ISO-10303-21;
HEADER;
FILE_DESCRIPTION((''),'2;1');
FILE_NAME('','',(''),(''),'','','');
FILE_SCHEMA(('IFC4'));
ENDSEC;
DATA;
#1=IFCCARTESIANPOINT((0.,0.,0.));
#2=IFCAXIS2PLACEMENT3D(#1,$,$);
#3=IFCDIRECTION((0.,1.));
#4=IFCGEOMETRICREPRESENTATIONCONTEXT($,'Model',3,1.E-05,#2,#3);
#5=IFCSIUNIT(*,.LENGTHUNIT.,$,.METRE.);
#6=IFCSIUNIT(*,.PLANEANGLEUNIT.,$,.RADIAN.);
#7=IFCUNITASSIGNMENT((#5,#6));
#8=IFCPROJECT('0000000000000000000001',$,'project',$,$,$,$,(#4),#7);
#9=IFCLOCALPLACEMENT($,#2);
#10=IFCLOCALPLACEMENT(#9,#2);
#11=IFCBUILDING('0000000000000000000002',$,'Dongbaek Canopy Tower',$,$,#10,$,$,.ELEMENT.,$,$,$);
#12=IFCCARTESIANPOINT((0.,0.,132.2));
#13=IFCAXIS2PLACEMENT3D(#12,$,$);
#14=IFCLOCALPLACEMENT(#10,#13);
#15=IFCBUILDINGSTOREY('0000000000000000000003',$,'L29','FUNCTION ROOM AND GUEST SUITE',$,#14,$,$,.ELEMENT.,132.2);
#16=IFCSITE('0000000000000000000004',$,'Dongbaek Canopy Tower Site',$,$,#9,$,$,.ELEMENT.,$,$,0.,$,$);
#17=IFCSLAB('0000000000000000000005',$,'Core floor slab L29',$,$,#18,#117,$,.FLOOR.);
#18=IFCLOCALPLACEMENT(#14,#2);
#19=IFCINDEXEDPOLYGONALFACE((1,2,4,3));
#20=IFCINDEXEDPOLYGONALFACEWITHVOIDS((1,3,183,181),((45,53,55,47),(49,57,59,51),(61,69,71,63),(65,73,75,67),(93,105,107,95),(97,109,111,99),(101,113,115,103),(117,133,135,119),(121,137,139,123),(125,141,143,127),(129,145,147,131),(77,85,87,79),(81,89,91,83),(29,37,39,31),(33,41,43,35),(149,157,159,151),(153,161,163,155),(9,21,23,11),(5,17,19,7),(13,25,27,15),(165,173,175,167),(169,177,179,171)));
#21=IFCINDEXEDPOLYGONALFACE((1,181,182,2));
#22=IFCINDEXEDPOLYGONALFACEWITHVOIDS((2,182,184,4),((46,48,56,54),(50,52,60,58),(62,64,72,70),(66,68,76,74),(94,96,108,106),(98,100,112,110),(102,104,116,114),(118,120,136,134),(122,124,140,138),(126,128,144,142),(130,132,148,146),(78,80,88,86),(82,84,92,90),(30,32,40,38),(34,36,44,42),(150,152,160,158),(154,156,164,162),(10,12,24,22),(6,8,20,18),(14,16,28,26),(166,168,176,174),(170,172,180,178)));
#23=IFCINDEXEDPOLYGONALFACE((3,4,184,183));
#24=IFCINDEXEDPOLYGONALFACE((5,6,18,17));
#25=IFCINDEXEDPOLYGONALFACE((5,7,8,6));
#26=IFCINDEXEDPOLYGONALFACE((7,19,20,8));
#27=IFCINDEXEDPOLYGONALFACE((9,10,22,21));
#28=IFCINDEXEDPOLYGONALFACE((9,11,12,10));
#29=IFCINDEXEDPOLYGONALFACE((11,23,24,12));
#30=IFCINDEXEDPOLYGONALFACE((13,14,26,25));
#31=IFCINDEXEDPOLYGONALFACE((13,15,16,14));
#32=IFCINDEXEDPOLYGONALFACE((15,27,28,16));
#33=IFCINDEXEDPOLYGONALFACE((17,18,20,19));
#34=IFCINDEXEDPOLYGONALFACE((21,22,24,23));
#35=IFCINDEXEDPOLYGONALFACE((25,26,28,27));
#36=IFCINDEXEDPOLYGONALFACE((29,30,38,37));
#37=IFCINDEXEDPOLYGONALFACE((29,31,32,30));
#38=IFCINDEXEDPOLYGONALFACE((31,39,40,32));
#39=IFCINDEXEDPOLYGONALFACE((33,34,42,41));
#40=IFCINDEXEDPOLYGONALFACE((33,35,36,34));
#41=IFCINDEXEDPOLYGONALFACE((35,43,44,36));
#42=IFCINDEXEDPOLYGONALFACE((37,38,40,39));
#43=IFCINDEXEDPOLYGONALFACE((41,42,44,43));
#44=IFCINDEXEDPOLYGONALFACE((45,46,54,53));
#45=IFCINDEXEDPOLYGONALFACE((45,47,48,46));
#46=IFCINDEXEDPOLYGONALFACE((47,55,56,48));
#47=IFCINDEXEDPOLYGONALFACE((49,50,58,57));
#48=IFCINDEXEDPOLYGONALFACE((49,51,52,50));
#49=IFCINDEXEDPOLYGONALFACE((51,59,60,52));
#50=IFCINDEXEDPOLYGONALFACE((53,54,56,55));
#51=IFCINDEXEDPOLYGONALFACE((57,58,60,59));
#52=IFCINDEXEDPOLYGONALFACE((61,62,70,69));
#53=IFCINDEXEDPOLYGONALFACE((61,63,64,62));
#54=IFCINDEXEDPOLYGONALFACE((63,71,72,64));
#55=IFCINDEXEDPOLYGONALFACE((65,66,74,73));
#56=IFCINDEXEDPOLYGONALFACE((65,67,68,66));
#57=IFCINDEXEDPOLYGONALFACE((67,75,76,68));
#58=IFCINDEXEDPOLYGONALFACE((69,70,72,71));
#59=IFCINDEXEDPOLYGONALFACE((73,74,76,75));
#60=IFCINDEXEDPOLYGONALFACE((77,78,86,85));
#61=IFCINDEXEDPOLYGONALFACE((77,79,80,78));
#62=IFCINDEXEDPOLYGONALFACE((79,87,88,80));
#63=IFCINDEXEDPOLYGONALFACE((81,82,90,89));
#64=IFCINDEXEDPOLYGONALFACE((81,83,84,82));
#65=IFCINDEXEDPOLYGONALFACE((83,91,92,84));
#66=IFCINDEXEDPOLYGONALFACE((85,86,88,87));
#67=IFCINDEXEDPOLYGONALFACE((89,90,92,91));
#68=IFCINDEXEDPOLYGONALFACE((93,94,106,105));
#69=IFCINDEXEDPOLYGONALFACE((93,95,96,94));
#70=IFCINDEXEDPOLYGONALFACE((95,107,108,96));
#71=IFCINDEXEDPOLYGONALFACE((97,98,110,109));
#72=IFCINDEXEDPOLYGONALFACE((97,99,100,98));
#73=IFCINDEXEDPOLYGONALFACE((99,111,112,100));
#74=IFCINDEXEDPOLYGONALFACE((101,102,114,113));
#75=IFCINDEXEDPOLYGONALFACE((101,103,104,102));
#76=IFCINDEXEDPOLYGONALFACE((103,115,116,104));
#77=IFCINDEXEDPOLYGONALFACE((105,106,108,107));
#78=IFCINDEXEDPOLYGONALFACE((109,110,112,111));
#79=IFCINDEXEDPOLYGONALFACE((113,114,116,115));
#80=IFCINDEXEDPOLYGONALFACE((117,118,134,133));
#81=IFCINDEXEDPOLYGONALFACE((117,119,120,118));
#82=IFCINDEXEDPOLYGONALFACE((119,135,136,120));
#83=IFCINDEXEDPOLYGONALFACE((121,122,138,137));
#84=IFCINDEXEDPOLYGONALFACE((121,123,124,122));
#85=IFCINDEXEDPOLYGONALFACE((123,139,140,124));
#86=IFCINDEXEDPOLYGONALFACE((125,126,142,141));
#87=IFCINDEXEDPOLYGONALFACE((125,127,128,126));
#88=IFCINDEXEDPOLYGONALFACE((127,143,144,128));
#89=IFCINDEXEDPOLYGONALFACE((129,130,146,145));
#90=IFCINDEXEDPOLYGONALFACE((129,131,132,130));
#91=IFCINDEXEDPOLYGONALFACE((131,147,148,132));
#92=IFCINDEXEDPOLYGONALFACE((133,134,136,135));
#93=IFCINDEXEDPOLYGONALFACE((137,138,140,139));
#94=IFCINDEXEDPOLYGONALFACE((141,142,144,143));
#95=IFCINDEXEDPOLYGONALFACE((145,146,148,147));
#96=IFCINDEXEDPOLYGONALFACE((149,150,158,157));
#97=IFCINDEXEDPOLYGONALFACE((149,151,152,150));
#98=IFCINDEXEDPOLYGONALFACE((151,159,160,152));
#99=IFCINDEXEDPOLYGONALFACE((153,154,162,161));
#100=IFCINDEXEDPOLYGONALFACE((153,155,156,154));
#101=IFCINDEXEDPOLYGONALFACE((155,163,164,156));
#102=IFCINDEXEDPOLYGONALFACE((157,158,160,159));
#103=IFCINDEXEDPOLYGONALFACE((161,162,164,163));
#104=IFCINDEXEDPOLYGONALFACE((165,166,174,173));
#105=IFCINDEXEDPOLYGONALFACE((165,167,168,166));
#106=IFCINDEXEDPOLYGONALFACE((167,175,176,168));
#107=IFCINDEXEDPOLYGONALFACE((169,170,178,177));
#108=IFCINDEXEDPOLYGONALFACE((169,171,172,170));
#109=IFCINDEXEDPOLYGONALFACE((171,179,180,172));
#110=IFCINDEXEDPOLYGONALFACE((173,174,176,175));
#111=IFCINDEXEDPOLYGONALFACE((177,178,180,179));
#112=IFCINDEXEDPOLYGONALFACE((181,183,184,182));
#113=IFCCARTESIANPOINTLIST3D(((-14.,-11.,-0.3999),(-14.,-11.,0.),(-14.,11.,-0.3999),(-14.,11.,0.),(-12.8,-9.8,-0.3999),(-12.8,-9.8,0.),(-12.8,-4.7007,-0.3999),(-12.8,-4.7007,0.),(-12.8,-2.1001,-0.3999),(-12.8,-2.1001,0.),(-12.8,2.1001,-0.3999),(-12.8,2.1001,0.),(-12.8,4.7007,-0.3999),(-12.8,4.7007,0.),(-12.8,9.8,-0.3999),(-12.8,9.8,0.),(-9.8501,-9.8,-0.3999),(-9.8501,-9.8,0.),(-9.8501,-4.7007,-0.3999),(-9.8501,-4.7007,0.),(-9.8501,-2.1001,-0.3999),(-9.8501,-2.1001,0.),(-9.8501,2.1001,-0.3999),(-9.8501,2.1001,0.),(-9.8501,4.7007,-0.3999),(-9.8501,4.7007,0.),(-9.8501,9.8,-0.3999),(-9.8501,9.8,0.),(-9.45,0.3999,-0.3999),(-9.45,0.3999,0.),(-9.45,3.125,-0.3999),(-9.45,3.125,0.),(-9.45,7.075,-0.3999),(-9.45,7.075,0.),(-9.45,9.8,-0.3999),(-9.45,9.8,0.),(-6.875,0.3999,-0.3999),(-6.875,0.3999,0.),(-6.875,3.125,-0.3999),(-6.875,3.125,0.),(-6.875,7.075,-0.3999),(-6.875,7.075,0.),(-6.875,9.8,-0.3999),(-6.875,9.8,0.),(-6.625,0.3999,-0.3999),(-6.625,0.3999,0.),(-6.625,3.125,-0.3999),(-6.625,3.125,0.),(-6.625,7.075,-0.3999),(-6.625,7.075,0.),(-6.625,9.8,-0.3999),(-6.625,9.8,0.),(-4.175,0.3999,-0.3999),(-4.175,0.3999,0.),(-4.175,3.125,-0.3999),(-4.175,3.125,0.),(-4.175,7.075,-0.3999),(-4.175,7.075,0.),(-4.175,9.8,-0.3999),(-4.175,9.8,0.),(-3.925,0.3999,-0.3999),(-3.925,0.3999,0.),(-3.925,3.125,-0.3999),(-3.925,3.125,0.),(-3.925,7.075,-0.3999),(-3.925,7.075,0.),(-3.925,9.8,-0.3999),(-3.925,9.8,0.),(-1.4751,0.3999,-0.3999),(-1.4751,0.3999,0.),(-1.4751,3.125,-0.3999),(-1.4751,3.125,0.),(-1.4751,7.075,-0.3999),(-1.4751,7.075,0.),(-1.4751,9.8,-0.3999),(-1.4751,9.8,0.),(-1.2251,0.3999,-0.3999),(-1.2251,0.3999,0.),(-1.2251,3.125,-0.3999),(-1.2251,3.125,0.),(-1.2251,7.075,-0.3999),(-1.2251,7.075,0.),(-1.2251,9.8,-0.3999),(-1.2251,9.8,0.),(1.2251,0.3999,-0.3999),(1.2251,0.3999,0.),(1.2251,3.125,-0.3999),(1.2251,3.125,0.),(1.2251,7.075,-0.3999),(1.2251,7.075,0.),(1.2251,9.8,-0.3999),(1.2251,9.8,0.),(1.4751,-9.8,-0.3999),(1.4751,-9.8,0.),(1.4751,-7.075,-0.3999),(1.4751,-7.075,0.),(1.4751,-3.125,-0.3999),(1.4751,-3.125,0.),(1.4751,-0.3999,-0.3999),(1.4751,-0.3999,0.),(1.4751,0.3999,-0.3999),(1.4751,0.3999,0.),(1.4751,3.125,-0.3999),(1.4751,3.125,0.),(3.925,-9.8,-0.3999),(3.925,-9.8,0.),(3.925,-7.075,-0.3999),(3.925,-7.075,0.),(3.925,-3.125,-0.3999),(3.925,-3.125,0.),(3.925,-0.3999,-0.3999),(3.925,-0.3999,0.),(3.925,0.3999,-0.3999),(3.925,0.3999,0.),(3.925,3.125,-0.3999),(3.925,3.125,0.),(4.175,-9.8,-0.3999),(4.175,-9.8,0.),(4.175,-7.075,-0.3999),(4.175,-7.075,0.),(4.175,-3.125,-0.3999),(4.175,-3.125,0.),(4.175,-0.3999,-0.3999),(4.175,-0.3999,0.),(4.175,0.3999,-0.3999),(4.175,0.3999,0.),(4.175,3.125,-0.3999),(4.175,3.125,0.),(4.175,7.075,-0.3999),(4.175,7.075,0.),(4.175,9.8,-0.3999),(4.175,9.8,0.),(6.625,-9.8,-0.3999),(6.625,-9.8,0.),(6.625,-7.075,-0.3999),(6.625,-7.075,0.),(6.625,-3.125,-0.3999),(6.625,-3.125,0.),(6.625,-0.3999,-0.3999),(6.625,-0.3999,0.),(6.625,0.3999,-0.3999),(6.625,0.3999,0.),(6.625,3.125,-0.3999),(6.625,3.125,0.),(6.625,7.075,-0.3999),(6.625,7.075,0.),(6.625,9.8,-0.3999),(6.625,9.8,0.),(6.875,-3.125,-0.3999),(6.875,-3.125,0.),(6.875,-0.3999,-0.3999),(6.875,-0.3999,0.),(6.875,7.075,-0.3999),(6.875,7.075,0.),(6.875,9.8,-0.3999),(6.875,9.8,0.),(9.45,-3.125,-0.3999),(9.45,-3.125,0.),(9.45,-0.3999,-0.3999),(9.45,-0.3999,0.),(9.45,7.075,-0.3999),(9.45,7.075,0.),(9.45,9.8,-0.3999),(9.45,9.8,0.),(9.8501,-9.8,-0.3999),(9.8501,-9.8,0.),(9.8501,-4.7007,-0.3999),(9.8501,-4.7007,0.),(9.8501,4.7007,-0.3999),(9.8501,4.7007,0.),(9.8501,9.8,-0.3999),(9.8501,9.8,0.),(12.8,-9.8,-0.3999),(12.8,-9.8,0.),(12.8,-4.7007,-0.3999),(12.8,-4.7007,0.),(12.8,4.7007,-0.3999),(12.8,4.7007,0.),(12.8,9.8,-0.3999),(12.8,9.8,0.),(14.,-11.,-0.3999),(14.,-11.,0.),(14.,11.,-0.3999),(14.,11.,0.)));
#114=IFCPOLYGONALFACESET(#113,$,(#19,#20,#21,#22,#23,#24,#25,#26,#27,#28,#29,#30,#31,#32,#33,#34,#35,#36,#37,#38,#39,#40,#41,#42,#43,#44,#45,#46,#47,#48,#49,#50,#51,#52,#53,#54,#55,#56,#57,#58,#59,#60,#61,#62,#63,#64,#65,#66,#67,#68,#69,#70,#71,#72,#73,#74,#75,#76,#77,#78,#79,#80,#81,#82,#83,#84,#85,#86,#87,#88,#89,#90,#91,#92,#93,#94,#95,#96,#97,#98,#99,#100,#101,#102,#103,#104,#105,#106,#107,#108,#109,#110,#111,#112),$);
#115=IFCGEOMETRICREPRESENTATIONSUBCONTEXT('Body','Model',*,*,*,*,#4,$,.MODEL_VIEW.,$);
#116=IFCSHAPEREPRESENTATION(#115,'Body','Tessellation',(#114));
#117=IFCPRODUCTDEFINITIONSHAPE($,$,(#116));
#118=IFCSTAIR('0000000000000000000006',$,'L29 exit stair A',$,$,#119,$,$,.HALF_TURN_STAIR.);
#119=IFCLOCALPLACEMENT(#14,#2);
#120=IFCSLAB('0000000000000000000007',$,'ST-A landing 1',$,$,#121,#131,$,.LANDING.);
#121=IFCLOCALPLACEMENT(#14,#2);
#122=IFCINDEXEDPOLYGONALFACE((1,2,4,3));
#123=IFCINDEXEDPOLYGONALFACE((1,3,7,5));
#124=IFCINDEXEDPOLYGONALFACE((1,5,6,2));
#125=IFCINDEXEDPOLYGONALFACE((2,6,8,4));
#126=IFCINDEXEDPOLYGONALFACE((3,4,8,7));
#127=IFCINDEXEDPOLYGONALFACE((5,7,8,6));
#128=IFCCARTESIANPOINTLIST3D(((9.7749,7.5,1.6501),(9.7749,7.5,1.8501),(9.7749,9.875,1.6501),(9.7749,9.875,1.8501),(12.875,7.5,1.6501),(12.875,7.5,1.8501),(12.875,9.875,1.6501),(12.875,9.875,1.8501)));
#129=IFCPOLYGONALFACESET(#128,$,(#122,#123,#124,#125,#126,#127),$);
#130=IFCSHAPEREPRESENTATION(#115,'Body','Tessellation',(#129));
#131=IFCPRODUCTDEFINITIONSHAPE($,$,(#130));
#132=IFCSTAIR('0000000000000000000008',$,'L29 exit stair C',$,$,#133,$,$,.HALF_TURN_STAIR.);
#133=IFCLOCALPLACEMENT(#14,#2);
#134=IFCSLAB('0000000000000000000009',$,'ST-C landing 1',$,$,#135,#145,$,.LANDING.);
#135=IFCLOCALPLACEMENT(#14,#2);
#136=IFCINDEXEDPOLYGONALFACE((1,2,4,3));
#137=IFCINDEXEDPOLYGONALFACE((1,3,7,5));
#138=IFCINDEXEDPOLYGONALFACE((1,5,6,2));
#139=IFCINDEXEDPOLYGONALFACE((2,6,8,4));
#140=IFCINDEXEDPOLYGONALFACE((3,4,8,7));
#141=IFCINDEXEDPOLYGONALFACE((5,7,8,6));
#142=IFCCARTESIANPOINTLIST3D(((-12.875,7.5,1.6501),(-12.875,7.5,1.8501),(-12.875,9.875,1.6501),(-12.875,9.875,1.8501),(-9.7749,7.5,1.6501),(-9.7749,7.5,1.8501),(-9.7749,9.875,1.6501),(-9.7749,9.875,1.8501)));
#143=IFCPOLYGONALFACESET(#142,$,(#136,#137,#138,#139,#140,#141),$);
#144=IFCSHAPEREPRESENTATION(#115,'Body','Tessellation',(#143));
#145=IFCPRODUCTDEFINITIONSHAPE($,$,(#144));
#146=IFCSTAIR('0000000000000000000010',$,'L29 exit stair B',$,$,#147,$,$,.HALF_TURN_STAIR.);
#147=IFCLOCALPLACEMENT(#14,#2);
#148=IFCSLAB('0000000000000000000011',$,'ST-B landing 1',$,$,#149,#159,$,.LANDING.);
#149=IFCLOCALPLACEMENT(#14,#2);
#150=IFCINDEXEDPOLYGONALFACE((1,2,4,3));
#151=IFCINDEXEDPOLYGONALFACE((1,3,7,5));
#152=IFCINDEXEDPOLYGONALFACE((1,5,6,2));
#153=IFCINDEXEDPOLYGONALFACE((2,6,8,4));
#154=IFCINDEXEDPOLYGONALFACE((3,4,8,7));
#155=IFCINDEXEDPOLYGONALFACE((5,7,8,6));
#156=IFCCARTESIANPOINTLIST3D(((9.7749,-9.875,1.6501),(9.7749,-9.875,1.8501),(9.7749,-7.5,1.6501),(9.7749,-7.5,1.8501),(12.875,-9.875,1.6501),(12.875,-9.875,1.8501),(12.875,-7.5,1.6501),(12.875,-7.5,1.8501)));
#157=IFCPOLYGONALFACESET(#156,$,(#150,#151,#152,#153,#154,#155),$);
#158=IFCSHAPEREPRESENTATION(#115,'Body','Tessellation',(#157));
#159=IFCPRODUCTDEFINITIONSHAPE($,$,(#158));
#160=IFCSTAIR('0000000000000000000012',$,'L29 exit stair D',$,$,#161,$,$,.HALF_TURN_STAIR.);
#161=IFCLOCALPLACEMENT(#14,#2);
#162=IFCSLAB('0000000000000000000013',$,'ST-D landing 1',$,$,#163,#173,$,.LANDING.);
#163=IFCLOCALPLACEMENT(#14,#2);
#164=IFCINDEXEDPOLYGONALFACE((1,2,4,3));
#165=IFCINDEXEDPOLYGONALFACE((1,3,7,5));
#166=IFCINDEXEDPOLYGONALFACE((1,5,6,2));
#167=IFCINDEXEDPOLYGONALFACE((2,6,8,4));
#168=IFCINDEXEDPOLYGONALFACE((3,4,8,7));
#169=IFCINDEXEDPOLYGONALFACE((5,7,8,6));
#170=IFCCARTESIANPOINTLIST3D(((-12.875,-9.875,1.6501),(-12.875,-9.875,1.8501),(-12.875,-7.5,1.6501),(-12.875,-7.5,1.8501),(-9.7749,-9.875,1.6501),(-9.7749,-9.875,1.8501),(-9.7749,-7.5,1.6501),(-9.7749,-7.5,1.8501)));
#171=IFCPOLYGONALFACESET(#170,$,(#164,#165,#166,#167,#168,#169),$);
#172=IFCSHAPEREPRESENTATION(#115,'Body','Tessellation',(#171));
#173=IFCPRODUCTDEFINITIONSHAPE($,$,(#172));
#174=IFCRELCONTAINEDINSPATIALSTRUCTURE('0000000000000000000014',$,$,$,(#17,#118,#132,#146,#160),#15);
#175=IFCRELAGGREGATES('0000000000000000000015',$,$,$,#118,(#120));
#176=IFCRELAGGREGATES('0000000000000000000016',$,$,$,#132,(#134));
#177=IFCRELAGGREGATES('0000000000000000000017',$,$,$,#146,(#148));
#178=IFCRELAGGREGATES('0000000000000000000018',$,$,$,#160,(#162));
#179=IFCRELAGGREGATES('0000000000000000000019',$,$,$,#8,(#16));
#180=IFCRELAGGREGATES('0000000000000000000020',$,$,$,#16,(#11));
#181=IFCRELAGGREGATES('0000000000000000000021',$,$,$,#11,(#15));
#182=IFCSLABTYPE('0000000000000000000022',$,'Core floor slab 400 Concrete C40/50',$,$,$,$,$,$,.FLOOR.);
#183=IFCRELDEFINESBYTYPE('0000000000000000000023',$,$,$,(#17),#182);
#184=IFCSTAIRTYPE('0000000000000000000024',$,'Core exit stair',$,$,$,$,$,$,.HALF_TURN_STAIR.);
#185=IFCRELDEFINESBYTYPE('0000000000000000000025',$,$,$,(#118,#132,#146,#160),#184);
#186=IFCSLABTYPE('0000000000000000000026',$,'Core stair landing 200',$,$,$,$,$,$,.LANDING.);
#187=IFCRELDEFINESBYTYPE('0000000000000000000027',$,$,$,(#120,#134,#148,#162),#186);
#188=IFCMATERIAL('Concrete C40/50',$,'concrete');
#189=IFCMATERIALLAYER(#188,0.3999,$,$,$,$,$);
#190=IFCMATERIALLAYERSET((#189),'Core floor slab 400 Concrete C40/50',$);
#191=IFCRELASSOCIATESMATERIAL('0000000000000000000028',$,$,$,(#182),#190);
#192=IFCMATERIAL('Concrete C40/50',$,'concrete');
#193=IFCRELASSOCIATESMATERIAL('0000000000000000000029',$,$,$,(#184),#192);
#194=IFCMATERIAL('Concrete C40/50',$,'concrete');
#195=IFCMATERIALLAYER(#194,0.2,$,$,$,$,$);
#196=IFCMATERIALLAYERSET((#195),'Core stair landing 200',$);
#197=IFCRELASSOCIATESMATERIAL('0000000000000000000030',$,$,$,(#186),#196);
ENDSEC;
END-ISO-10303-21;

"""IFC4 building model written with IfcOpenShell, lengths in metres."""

from ifc_helpers import new_model, si_unit, direction, frame, origin, place, context, subcontext, project, spatial, polyline, outline, extrude, material, layer, layer_set, type_object, element, aggregate, save


model = new_model("IFC4")

# Units and contexts
model_context = context("Model", 3, precision=1e-05, world=origin(), true_north=direction((0.0, 1.0)))
body_context = subcontext(model_context, "Body", "Model", "MODEL_VIEW")
ifc_project = project(units=[si_unit("LENGTHUNIT", "METRE"), si_unit("PLANEANGLEUNIT", "RADIAN")], contexts=[model_context])

# Site, building, storey
site_placement = place(None, origin())
site = spatial("IfcSite", under=ifc_project, at=site_placement, Name="Dongbaek Canopy Tower Site", CompositionType="ELEMENT", RefElevation=0.0)
building_placement = place(site_placement, origin())
building = spatial("IfcBuilding", under=site, at=building_placement, Name="Dongbaek Canopy Tower", CompositionType="ELEMENT")
storey_placement = place(building_placement, frame((0.0, 0.0, 132.2)))
storey = spatial("IfcBuildingStorey", under=building, at=storey_placement, Name="L29", Description="FUNCTION ROOM AND GUEST SUITE", CompositionType="ELEMENT", Elevation=132.2)

# Slab
ifc_material_1 = material(Name="Concrete C40/50", Category="concrete")
ifc_layer_1 = layer(ifc_material_1, 0.3999)
ifc_layer_set_1 = layer_set([ifc_layer_1], Name="Core floor slab 400 Concrete C40/50")
slab_type_1 = type_object("IfcSlabType", Name="Core floor slab 400 Concrete C40/50", PredefinedType="FLOOR", material=ifc_layer_set_1)
slab_1_placement = place(storey_placement, frame((0.0, 0.0, -0.3999)))
element("IfcSlab", 1, at=slab_1_placement, inside=storey, type_object=slab_type_1, Name="Core floor slab L29", PredefinedType="FLOOR", context=body_context, shape_type="SweptSolid", body=[
    extrude(outline(polyline([(14.0, -11.0), (14.0, 11.0), (-14.0, 11.0), (-14.0, -11.0), (14.0, -11.0)]), holes=[polyline([(-12.8, 2.1001), (-9.8501, 2.1001), (-9.8501, -2.1001), (-12.8, -2.1001), (-12.8, 2.1001)]), polyline([(-6.875, 9.8), (-6.875, 7.075), (-9.45, 7.075), (-9.45, 9.8), (-6.875, 9.8)]), polyline([(-4.175, 9.8), (-4.175, 7.075), (-6.625, 7.075), (-6.625, 9.8), (-4.175, 9.8)]), polyline([(-1.4751, 9.8), (-1.4751, 7.075), (-3.925, 7.075), (-3.925, 9.8), (-1.4751, 9.8)]), polyline([(1.2251, 9.8), (1.2251, 7.075), (-1.2251, 7.075), (-1.2251, 9.8), (1.2251, 9.8)]), polyline([(6.625, 9.8), (6.625, 7.075), (4.175, 7.075), (4.175, 9.8), (6.625, 9.8)]), polyline([(9.45, 7.075), (6.875, 7.075), (6.875, 9.8), (9.45, 9.8), (9.45, 7.075)]), polyline([(-9.45, 3.125), (-6.875, 3.125), (-6.875, 0.3999), (-9.45, 0.3999), (-9.45, 3.125)]), polyline([(-6.625, 3.125), (-4.175, 3.125), (-4.175, 0.3999), (-6.625, 0.3999), (-6.625, 3.125)]), polyline([(-3.925, 3.125), (-1.4751, 3.125), (-1.4751, 0.3999), (-3.925, 0.3999), (-3.925, 3.125)]), polyline([(1.2251, 3.125), (1.2251, 0.3999), (-1.2251, 0.3999), (-1.2251, 3.125), (1.2251, 3.125)]), polyline([(1.4751, 3.125), (3.925, 3.125), (3.925, 0.3999), (1.4751, 0.3999), (1.4751, 3.125)]), polyline([(4.175, 3.125), (6.625, 3.125), (6.625, 0.3999), (4.175, 0.3999), (4.175, 3.125)]), polyline([(1.4751, -0.3999), (3.925, -0.3999), (3.925, -3.125), (1.4751, -3.125), (1.4751, -0.3999)]), polyline([(4.175, -0.3999), (6.625, -0.3999), (6.625, -3.125), (4.175, -3.125), (4.175, -0.3999)]), polyline([(9.45, -3.125), (6.875, -3.125), (6.875, -0.3999), (9.45, -0.3999), (9.45, -3.125)]), polyline([(1.4751, -9.8), (1.4751, -7.075), (3.925, -7.075), (3.925, -9.8), (1.4751, -9.8)]), polyline([(4.175, -9.8), (4.175, -7.075), (6.625, -7.075), (6.625, -9.8), (4.175, -9.8)]), polyline([(12.8, 4.7007), (12.8, 9.8), (9.8501, 9.8), (9.8501, 4.7007), (12.8, 4.7007)]), polyline([(-9.8501, 4.7007), (-9.8501, 9.8), (-12.8, 9.8), (-12.8, 4.7007), (-9.8501, 4.7007)]), polyline([(9.8501, -4.7007), (9.8501, -9.8), (12.8, -9.8), (12.8, -4.7007), (9.8501, -4.7007)]), polyline([(-12.8, -4.7007), (-12.8, -9.8), (-9.8501, -9.8), (-9.8501, -4.7007), (-12.8, -4.7007)])]), origin(), (0.0, 0.0, 1.0), 0.3999),
])

# Stairs, slabs
ifc_material_2 = material(Name="Concrete C40/50", Category="concrete")
stair_type = type_object("IfcStairType", Name="Core exit stair", PredefinedType="HALF_TURN_STAIR", material=ifc_material_2)
stair_1_placement = place(storey_placement, origin())
stair_1 = element("IfcStair", 2, at=stair_1_placement, inside=storey, type_object=stair_type, Name="L29 exit stair A", PredefinedType="HALF_TURN_STAIR")
ifc_material_3 = material(Name="Concrete C40/50", Category="concrete")
ifc_layer_2 = layer(ifc_material_3, 0.2)
ifc_layer_set_2 = layer_set([ifc_layer_2], Name="Core stair landing 200")
slab_type_2 = type_object("IfcSlabType", Name="Core stair landing 200", PredefinedType="LANDING", material=ifc_layer_set_2)
slab_2_placement = place(storey_placement, frame((0.0, 0.0, 1.6501)))
slab_2 = element("IfcSlab", 3, at=slab_2_placement, type_object=slab_type_2, Name="ST-A landing 1", PredefinedType="LANDING", context=body_context, shape_type="SweptSolid", body=[
    extrude(outline(polyline([(12.875, 7.5), (12.875, 9.875), (9.7749, 9.875), (9.7749, 7.5), (12.875, 7.5)])), origin(), (0.0, 0.0, 1.0), 0.2),
])
aggregate(stair_1, [slab_2])
stair_2_placement = place(storey_placement, origin())
stair_2 = element("IfcStair", 4, at=stair_2_placement, inside=storey, type_object=stair_type, Name="L29 exit stair C", PredefinedType="HALF_TURN_STAIR")
slab_3_placement = place(storey_placement, frame((0.0, 0.0, 1.6501)))
slab_3 = element("IfcSlab", 5, at=slab_3_placement, type_object=slab_type_2, Name="ST-C landing 1", PredefinedType="LANDING", context=body_context, shape_type="SweptSolid", body=[
    extrude(outline(polyline([(-9.7749, 7.5), (-9.7749, 9.875), (-12.875, 9.875), (-12.875, 7.5), (-9.7749, 7.5)])), origin(), (0.0, 0.0, 1.0), 0.2),
])
aggregate(stair_2, [slab_3])
stair_3_placement = place(storey_placement, origin())
stair_3 = element("IfcStair", 6, at=stair_3_placement, inside=storey, type_object=stair_type, Name="L29 exit stair B", PredefinedType="HALF_TURN_STAIR")
slab_4_placement = place(storey_placement, frame((0.0, 0.0, 1.6501)))
slab_4 = element("IfcSlab", 7, at=slab_4_placement, type_object=slab_type_2, Name="ST-B landing 1", PredefinedType="LANDING", context=body_context, shape_type="SweptSolid", body=[
    extrude(outline(polyline([(9.7749, -7.5), (9.7749, -9.875), (12.875, -9.875), (12.875, -7.5), (9.7749, -7.5)])), origin(), (0.0, 0.0, 1.0), 0.2),
])
aggregate(stair_3, [slab_4])
stair_4_placement = place(storey_placement, origin())
stair_4 = element("IfcStair", 8, at=stair_4_placement, inside=storey, type_object=stair_type, Name="L29 exit stair D", PredefinedType="HALF_TURN_STAIR")
slab_5_placement = place(storey_placement, frame((0.0, 0.0, 1.6501)))
slab_5 = element("IfcSlab", 9, at=slab_5_placement, type_object=slab_type_2, Name="ST-D landing 1", PredefinedType="LANDING", context=body_context, shape_type="SweptSolid", body=[
    extrude(outline(polyline([(-12.875, -7.5), (-12.875, -9.875), (-9.7749, -9.875), (-9.7749, -7.5), (-12.875, -7.5)])), origin(), (0.0, 0.0, 1.0), 0.2),
])
aggregate(stair_4, [slab_5])

save(model, "model.ifc")
